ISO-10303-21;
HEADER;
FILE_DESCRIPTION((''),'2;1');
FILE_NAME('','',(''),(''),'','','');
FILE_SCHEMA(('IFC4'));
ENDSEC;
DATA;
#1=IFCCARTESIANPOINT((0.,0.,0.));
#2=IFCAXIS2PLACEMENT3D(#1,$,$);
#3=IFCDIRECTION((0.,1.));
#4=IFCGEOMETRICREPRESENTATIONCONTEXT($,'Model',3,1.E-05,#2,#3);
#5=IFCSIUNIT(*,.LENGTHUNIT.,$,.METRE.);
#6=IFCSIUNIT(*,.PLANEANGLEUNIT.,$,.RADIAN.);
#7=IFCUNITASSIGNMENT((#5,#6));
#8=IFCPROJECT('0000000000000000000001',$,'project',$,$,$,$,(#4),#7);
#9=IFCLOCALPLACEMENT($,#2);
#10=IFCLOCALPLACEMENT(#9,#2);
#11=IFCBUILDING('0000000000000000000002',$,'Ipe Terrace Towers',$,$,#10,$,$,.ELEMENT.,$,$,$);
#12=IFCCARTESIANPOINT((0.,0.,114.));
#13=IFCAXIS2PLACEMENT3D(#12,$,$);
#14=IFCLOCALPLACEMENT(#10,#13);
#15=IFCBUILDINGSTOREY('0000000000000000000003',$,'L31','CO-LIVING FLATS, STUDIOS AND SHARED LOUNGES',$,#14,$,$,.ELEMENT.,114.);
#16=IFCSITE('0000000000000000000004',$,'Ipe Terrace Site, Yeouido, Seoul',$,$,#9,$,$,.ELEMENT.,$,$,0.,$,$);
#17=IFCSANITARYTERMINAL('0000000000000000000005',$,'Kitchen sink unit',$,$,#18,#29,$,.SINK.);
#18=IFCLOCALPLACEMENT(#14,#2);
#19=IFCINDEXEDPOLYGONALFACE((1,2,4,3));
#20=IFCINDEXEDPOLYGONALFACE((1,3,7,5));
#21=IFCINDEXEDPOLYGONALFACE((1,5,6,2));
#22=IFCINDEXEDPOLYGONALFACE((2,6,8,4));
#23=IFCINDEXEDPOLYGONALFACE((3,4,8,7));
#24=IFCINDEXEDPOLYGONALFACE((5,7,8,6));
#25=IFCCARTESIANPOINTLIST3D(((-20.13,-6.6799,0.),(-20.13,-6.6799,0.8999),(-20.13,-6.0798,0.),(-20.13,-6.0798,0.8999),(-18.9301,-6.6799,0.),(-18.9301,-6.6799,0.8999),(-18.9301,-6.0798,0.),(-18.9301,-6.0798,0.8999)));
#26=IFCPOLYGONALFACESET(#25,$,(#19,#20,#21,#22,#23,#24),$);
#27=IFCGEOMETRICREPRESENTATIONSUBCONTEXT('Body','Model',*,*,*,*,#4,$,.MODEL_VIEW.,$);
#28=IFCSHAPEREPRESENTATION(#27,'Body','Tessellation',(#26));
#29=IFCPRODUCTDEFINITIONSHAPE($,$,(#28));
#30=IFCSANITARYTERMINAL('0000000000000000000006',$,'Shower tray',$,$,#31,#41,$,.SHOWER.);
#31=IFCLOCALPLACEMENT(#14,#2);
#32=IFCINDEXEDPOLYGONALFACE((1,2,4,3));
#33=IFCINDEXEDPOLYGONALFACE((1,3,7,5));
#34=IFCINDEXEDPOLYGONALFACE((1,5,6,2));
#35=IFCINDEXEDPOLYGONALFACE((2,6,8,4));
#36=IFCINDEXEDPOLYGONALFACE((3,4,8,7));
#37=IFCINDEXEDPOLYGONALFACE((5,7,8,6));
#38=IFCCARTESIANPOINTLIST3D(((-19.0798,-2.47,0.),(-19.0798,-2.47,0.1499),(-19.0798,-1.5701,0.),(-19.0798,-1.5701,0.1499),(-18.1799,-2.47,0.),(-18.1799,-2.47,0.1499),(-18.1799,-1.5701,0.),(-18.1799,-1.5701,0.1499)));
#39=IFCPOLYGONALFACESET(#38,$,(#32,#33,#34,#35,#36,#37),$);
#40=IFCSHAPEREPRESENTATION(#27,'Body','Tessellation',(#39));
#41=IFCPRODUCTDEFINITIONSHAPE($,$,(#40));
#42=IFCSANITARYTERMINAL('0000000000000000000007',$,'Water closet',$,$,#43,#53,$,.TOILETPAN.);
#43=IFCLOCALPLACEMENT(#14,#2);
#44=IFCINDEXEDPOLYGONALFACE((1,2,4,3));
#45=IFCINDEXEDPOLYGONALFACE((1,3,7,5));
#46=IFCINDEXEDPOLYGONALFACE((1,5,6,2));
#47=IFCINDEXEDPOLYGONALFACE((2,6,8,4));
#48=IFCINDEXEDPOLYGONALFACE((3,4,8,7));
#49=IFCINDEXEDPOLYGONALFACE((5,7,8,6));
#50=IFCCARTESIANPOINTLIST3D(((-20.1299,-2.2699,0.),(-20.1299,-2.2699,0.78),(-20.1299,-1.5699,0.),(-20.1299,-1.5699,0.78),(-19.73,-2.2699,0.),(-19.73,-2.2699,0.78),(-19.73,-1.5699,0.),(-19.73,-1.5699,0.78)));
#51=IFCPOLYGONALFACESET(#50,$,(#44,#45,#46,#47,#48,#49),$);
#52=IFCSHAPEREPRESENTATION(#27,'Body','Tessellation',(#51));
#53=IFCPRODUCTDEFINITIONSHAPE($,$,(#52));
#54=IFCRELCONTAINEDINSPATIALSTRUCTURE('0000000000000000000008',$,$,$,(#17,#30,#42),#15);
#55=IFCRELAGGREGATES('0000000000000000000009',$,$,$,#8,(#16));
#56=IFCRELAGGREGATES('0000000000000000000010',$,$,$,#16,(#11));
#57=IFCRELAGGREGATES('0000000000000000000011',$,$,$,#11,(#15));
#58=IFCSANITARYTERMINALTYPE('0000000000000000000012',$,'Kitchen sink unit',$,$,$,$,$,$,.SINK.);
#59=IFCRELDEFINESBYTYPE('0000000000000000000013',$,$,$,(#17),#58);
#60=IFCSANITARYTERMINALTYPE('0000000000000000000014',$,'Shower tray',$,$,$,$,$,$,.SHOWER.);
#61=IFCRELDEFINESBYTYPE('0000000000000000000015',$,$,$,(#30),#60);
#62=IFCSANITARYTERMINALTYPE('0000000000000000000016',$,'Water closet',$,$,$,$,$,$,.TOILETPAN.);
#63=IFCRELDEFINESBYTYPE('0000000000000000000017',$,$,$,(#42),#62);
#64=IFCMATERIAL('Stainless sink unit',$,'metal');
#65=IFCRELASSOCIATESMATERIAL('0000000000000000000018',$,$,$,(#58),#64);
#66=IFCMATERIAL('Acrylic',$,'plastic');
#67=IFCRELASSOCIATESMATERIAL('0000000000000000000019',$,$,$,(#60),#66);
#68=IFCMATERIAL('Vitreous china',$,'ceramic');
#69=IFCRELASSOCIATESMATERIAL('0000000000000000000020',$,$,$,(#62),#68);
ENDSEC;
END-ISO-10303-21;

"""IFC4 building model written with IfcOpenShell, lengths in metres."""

from ifc_helpers import new_model, si_unit, direction, frame, origin, origin_2d, place, context, subcontext, project, spatial, rectangle, extrude, material, type_object, element, save


model = new_model("IFC4")

# Units and contexts
model_context = context("Model", 3, precision=1e-05, world=origin(), true_north=direction((0.0, 1.0)))
body_context = subcontext(model_context, "Body", "Model", "MODEL_VIEW")
ifc_project = project(units=[si_unit("LENGTHUNIT", "METRE"), si_unit("PLANEANGLEUNIT", "RADIAN")], contexts=[model_context])

# Site, building, storey
site_placement = place(None, origin())
site = spatial("IfcSite", under=ifc_project, at=site_placement, Name="Ipe Terrace Site, Yeouido, Seoul", CompositionType="ELEMENT", RefElevation=0.0)
building_placement = place(site_placement, origin())
building = spatial("IfcBuilding", under=site, at=building_placement, Name="Ipe Terrace Towers", CompositionType="ELEMENT")
storey_placement = place(building_placement, frame((0.0, 0.0, 114.0)))
storey = spatial("IfcBuildingStorey", under=building, at=storey_placement, Name="L31", Description="CO-LIVING FLATS, STUDIOS AND SHARED LOUNGES", CompositionType="ELEMENT", Elevation=114.0)

# Sanitary terminals
ifc_material_1 = material(Name="Stainless sink unit", Category="metal")
sanitary_terminal_type_1 = type_object("IfcSanitaryTerminalType", Name="Kitchen sink unit", PredefinedType="SINK", material=ifc_material_1)
sanitary_terminal_1_placement = place(storey_placement, frame((-19.53, -6.3799, 0.0), z_axis=(0.0, 0.0, 1.0), x_axis=(-1.0, 0.0, 0.0)))
element("IfcSanitaryTerminal", 1, at=sanitary_terminal_1_placement, inside=storey, type_object=sanitary_terminal_type_1, Name="Kitchen sink unit", PredefinedType="SINK", context=body_context, shape_type="SweptSolid", body=[
    extrude(rectangle(XDim=1.2, YDim=0.6001, at=origin_2d()), origin(), (0.0, 0.0, 1.0), 0.8999),
])
ifc_material_2 = material(Name="Acrylic", Category="plastic")
sanitary_terminal_type_2 = type_object("IfcSanitaryTerminalType", Name="Shower tray", PredefinedType="SHOWER", material=ifc_material_2)
sanitary_terminal_2_placement = place(storey_placement, frame((-18.6299, -2.02, 0.0), z_axis=(0.0, 0.0, 1.0), x_axis=(0.0, -1.0, 0.0)))
element("IfcSanitaryTerminal", 2, at=sanitary_terminal_2_placement, inside=storey, type_object=sanitary_terminal_type_2, Name="Shower tray", PredefinedType="SHOWER", context=body_context, shape_type="SweptSolid", body=[
    extrude(rectangle(XDim=0.8999, YDim=0.8999, at=origin_2d()), origin(), (0.0, 0.0, 1.0), 0.1499),
])
ifc_material_3 = material(Name="Vitreous china", Category="ceramic")
sanitary_terminal_type_3 = type_object("IfcSanitaryTerminalType", Name="Water closet", PredefinedType="TOILETPAN", material=ifc_material_3)
sanitary_terminal_3_placement = place(storey_placement, frame((-19.9299, -1.9199, 0.0), z_axis=(0.0, 0.0, 1.0), x_axis=(0.0, -1.0, 0.0)))
element("IfcSanitaryTerminal", 3, at=sanitary_terminal_3_placement, inside=storey, type_object=sanitary_terminal_type_3, Name="Water closet", PredefinedType="TOILETPAN", context=body_context, shape_type="SweptSolid", body=[
    extrude(rectangle(XDim=0.7, YDim=0.3999, at=origin_2d()), origin(), (0.0, 0.0, 1.0), 0.78),
])

save(model, "model.ifc")
